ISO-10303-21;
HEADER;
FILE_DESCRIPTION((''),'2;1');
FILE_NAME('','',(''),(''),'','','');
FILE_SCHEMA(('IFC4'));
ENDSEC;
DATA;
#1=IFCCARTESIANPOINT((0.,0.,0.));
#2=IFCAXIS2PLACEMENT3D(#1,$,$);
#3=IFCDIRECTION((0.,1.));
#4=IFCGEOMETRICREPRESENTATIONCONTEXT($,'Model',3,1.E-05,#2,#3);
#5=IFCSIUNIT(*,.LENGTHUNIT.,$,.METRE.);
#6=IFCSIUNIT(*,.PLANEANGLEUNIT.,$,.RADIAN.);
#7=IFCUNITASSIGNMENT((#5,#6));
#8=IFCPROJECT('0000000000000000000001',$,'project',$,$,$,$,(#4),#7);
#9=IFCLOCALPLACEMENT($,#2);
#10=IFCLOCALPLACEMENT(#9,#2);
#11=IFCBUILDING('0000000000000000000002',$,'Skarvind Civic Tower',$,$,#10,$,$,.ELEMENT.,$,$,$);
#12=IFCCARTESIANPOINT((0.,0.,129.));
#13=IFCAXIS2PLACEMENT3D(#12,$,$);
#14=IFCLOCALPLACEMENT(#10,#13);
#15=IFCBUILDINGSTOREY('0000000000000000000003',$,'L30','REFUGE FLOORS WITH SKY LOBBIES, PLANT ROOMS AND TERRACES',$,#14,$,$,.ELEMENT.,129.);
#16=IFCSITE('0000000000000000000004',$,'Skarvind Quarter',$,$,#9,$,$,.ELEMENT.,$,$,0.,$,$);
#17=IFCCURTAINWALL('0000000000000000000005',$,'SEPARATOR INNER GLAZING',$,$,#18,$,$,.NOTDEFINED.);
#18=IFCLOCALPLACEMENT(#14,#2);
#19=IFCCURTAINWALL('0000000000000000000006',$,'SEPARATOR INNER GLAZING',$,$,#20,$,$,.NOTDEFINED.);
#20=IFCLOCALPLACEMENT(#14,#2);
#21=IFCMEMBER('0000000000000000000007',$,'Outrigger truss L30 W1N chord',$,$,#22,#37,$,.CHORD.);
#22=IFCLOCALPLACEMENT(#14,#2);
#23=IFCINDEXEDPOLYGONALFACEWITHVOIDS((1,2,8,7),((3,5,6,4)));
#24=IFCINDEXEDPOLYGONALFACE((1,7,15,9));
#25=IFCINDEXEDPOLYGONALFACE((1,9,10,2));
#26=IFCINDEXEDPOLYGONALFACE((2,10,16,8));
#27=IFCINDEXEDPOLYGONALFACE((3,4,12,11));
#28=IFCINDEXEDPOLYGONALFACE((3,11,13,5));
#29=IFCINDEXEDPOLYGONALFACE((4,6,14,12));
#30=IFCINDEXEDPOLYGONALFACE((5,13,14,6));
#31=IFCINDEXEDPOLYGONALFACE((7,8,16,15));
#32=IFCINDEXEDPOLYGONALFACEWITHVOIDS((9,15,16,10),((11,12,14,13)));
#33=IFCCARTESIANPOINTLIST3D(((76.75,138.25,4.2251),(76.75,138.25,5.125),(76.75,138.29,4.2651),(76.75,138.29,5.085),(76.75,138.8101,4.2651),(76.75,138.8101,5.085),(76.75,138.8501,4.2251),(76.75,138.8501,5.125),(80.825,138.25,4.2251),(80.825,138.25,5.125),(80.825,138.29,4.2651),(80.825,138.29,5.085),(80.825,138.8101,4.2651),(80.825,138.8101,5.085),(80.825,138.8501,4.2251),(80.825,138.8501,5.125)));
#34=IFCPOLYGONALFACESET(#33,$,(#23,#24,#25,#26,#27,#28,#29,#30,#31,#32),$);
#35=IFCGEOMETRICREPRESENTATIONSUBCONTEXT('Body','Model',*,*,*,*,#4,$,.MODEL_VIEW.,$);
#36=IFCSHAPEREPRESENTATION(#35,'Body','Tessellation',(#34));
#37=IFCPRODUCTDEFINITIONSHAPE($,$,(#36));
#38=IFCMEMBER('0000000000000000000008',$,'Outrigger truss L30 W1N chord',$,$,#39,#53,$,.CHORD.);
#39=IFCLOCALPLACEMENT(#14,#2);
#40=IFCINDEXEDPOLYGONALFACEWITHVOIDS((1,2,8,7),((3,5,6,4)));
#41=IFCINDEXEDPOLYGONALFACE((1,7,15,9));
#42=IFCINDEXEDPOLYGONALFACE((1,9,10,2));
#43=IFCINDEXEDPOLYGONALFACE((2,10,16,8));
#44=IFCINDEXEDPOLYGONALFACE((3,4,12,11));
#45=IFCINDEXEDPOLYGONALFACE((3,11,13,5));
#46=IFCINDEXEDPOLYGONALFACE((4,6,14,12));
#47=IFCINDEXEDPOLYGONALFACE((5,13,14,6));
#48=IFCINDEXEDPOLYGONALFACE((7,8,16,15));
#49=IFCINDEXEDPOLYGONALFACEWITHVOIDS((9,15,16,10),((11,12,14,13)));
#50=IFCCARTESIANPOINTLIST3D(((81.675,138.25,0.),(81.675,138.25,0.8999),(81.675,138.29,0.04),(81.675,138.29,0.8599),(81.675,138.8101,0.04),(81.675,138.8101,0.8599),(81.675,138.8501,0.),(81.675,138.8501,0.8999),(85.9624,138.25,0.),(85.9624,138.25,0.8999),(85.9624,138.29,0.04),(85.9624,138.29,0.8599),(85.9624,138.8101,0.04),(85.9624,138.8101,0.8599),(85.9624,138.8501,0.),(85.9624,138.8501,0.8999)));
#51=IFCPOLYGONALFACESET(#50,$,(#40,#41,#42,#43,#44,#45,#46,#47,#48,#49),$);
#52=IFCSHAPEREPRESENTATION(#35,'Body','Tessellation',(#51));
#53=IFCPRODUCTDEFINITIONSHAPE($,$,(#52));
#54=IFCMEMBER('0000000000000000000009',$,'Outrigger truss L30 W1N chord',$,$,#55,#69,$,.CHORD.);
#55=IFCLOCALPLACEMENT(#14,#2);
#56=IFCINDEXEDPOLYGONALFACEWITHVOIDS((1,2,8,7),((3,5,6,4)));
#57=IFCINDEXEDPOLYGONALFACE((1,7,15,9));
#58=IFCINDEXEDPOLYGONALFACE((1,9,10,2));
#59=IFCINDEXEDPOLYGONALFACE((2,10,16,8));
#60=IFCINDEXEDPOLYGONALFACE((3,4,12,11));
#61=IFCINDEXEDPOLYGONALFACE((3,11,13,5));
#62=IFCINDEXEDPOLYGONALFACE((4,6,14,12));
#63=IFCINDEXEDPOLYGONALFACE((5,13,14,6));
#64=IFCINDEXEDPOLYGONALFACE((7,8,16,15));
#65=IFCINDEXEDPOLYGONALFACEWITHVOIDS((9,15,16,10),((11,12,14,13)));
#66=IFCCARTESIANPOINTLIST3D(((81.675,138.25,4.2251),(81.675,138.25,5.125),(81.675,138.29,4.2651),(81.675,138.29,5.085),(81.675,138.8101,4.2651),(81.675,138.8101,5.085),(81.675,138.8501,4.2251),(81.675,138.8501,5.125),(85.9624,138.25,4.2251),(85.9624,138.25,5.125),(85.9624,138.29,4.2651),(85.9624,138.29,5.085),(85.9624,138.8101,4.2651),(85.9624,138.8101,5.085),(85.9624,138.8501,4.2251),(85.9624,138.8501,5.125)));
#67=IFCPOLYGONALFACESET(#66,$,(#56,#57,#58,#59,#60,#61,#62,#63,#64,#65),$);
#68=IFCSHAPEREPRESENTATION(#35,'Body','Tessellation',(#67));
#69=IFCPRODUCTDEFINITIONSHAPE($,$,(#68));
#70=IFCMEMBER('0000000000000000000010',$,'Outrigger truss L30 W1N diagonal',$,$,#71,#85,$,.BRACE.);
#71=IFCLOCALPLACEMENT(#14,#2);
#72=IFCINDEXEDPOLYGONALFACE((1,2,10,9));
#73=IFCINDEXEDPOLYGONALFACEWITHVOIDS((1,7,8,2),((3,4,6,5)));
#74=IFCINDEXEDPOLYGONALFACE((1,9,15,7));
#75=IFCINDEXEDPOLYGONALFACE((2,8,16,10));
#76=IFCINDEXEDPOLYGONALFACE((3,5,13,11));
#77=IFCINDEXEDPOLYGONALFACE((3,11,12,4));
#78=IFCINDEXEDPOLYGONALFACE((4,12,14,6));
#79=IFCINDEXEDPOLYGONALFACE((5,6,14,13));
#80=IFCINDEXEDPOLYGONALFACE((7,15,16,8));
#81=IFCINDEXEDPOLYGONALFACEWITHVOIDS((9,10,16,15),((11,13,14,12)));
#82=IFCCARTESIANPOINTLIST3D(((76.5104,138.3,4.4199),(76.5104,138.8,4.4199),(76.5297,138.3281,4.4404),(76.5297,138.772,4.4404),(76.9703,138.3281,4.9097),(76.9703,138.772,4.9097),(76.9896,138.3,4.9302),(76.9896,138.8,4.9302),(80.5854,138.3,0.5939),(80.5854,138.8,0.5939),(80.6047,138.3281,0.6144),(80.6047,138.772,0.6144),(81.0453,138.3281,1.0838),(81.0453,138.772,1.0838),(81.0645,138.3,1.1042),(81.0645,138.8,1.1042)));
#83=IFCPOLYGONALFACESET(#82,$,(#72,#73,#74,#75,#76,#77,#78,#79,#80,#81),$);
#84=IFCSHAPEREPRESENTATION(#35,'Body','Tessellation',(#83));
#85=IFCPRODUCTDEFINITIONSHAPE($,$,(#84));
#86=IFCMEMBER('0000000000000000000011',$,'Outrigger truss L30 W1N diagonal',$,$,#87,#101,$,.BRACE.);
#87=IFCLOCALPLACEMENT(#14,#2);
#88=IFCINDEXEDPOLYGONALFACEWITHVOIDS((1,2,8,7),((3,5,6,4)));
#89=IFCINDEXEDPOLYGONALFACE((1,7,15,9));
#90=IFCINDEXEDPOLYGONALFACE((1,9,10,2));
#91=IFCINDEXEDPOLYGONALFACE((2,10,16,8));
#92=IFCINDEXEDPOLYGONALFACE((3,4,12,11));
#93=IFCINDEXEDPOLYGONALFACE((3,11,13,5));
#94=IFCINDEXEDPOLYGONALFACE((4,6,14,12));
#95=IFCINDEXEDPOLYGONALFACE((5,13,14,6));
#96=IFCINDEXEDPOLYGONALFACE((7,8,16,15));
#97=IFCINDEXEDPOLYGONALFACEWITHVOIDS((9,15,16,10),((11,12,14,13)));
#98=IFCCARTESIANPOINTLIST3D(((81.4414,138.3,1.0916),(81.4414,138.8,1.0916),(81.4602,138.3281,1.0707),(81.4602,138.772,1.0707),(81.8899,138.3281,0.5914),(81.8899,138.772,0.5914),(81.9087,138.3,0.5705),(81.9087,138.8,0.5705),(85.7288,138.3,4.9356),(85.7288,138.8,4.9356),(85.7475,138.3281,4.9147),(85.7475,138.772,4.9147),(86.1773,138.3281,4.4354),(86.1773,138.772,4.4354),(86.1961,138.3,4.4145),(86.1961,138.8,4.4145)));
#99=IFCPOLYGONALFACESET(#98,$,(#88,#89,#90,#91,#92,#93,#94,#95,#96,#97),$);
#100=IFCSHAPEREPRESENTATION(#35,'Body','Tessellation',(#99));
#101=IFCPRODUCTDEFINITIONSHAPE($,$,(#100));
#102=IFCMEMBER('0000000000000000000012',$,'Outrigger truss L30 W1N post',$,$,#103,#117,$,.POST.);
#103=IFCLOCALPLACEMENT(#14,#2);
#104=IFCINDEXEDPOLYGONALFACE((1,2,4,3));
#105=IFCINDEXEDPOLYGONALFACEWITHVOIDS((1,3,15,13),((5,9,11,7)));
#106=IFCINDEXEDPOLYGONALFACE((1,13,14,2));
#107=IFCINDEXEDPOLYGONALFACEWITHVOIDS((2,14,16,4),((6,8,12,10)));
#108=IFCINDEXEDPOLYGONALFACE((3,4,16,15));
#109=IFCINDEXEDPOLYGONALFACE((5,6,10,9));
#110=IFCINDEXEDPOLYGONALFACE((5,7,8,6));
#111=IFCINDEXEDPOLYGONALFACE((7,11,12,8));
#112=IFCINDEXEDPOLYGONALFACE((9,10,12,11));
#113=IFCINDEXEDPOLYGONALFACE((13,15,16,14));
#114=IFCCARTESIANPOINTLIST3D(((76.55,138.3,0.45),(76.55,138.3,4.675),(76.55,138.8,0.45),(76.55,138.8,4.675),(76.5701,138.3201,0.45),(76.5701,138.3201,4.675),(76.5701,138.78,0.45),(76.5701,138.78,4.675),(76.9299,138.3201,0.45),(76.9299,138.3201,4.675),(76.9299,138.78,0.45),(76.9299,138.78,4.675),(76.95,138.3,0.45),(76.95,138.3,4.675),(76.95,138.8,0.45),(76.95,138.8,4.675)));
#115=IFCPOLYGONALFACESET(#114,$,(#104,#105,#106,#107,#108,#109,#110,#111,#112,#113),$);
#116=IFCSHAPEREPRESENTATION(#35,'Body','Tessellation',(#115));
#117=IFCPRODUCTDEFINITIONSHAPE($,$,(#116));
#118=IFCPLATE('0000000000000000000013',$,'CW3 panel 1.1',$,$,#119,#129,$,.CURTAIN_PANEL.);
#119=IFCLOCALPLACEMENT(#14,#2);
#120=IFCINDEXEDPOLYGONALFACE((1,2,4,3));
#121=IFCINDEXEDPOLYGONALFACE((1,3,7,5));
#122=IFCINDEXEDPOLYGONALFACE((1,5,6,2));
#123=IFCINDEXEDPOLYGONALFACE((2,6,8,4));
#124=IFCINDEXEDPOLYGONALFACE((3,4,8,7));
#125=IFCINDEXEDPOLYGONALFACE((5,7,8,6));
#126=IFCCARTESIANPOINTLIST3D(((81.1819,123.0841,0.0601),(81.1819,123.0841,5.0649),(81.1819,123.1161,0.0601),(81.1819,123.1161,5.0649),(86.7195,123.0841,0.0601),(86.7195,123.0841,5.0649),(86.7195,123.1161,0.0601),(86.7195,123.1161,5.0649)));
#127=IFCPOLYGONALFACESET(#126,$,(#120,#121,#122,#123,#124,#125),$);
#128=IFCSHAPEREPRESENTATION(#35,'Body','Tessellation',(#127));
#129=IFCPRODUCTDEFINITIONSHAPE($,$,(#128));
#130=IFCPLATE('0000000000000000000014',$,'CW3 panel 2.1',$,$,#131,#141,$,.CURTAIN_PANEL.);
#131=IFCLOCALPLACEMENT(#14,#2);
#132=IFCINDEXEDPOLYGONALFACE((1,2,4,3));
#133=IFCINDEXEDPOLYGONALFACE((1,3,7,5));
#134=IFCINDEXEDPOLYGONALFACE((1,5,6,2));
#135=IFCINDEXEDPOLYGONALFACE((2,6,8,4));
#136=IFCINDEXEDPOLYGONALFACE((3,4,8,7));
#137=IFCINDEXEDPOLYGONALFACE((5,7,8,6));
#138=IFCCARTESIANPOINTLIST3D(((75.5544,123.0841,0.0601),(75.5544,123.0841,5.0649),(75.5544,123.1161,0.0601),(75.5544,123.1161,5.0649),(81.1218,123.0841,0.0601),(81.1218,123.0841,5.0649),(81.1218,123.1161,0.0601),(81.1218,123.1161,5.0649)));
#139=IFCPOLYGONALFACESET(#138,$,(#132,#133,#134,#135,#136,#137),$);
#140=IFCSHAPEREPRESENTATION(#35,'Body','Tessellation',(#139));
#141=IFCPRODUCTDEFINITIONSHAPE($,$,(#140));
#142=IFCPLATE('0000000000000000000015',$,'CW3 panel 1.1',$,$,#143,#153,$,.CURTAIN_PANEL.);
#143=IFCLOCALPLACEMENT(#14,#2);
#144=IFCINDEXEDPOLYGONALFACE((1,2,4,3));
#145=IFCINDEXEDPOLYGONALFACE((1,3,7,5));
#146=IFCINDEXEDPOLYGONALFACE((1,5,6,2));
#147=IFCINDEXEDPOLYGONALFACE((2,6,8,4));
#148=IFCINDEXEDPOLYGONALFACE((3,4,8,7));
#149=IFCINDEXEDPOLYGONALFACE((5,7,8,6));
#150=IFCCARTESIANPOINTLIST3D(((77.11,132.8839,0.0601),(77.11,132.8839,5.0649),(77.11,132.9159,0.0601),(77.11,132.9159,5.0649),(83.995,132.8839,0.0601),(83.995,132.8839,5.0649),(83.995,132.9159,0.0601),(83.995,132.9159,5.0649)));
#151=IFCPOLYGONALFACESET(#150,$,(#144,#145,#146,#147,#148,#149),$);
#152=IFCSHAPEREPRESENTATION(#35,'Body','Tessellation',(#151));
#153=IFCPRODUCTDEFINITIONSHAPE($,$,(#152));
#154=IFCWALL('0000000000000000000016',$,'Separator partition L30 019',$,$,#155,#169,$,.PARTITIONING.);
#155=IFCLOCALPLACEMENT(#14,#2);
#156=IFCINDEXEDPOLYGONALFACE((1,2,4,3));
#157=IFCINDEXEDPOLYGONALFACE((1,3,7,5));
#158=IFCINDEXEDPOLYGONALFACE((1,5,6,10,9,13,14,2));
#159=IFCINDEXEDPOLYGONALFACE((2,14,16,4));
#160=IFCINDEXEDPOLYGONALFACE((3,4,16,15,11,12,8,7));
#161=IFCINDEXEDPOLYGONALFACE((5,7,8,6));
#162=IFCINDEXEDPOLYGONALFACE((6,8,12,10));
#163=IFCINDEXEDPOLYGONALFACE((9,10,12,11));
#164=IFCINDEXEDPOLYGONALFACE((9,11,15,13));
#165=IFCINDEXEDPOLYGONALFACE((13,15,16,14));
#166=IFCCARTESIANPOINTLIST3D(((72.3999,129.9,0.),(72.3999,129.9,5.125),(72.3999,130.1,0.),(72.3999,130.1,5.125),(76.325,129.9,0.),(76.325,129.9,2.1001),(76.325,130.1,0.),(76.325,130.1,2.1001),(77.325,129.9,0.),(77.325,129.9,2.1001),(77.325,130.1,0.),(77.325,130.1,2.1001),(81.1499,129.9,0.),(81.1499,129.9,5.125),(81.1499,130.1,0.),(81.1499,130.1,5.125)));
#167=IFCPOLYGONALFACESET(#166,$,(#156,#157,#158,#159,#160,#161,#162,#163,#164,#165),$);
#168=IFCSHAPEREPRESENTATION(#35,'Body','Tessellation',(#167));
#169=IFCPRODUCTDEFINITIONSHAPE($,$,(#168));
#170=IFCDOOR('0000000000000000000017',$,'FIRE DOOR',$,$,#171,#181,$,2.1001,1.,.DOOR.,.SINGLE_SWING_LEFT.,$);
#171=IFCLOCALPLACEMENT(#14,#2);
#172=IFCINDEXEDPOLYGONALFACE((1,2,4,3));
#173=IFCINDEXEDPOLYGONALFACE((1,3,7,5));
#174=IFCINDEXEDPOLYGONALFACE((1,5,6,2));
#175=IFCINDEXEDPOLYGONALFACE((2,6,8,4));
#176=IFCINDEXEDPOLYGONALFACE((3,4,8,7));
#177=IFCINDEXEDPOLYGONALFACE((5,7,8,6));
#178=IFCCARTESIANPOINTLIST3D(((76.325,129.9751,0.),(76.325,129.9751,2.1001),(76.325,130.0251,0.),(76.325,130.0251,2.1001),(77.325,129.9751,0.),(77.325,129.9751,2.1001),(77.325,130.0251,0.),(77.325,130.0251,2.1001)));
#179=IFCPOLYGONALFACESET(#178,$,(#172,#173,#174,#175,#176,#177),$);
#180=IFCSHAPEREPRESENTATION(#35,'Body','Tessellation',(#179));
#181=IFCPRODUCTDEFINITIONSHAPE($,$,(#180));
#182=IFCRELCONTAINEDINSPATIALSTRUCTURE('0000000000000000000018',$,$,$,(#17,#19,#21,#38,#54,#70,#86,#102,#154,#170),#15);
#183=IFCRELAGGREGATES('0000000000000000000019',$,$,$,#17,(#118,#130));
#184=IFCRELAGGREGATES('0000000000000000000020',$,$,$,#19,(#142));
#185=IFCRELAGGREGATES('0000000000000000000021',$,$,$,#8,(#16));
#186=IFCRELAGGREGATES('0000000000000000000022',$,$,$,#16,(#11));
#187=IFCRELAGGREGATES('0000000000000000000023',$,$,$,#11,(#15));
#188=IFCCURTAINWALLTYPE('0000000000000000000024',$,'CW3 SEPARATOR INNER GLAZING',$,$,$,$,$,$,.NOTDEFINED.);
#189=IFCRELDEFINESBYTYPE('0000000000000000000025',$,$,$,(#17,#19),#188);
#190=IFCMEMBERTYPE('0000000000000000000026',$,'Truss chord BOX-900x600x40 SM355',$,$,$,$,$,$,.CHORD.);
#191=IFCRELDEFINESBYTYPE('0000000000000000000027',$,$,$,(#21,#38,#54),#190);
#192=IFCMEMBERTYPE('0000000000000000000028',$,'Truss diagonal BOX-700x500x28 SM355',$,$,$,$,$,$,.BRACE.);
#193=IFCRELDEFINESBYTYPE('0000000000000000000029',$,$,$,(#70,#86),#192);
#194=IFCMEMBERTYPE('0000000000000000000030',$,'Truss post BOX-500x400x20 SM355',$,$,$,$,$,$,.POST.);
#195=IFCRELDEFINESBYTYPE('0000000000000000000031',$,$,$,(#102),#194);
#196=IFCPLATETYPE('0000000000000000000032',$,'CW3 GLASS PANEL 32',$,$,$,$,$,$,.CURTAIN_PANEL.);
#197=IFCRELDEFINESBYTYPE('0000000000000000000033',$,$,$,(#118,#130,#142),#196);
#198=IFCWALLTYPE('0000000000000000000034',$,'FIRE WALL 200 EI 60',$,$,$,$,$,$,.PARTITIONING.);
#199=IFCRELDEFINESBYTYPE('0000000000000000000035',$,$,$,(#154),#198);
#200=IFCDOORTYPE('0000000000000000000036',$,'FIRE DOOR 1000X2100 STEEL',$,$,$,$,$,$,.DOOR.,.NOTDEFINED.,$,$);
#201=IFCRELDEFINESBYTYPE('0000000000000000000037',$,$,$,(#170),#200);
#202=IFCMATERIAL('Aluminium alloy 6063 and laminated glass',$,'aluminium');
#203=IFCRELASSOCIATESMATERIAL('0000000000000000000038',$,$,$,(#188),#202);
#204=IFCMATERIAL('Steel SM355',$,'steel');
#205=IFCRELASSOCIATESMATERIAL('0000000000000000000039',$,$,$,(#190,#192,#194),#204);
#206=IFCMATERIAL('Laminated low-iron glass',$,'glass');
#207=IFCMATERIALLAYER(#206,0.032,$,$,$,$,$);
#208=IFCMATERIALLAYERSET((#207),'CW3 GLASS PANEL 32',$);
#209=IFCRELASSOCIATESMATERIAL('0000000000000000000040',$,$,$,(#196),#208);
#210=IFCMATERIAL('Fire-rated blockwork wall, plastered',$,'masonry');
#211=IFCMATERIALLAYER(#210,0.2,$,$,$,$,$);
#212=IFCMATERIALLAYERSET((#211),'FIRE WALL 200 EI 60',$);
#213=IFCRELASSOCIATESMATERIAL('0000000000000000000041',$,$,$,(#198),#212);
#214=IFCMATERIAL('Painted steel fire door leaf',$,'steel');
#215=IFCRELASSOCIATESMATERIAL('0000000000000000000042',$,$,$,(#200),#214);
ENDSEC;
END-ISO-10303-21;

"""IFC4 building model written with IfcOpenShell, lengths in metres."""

from ifc_helpers import new_model, si_unit, direction, frame, frame_2d, origin, origin_2d, place, context, subcontext, project, spatial, rectangle, hollow_rectangle, extrude, material, layer, layer_set, material_profile, profile_set, type_object, element, fill, aggregate, save


model = new_model("IFC4")

# Units and contexts
model_context = context("Model", 3, precision=1e-05, world=origin(), true_north=direction((0.0, 1.0)))
body_context = subcontext(model_context, "Body", "Model", "MODEL_VIEW")
ifc_project = project(units=[si_unit("LENGTHUNIT", "METRE"), si_unit("PLANEANGLEUNIT", "RADIAN")], contexts=[model_context])

# Site, building, storey
site_placement = place(None, origin())
site = spatial("IfcSite", under=ifc_project, at=site_placement, Name="Skarvind Quarter", CompositionType="ELEMENT", RefElevation=0.0)
building_placement = place(site_placement, origin())
building = spatial("IfcBuilding", under=site, at=building_placement, Name="Skarvind Civic Tower", CompositionType="ELEMENT")
storey_placement = place(building_placement, frame((0.0, 0.0, 129.0)))
storey = spatial("IfcBuildingStorey", under=building, at=storey_placement, Name="L30", Description="REFUGE FLOORS WITH SKY LOBBIES, PLANT ROOMS AND TERRACES", CompositionType="ELEMENT", Elevation=129.0)

# Curtain wall
ifc_material_1 = material(Name="Aluminium alloy 6063 and laminated glass", Category="aluminium")
curtain_wall_type = type_object("IfcCurtainWallType", Name="CW3 SEPARATOR INNER GLAZING", PredefinedType="NOTDEFINED", material=ifc_material_1)
curtain_wall_1_placement = place(storey_placement, origin())
curtain_wall_1 = element("IfcCurtainWall", 1, at=curtain_wall_1_placement, inside=storey, type_object=curtain_wall_type, Name="SEPARATOR INNER GLAZING", PredefinedType="NOTDEFINED")

# Curtain wall
curtain_wall_2_placement = place(storey_placement, origin())
curtain_wall_2 = element("IfcCurtainWall", 2, at=curtain_wall_2_placement, inside=storey, type_object=curtain_wall_type, Name="SEPARATOR INNER GLAZING", PredefinedType="NOTDEFINED")

# Members
ifc_material_2 = material(Name="Steel SM355", Category="steel")
ifc_material_profile_1 = material_profile(ifc_material_2, hollow_rectangle(XDim=0.6001, YDim=0.8999, WallThickness=0.04, at=origin_2d()), Name="BOX-900x600x40")
ifc_profile_set_1 = profile_set([ifc_material_profile_1], Name="Steel SM355")
member_type_1 = type_object("IfcMemberType", Name="Truss chord BOX-900x600x40 SM355", PredefinedType="CHORD", material=ifc_profile_set_1)
for number, where, z_axis, x_axis, name in (
    (3, (76.75, 138.55, 4.675), (1.0, 0.0, 0.0), (0.0, 1.0, 0.0), "Outrigger truss L30 W1N chord"),
):
    element("IfcMember", number, at=place(storey_placement, frame(where, z_axis=z_axis, x_axis=x_axis)), inside=storey, type_object=member_type_1, Name=name, PredefinedType="CHORD", context=body_context, shape_type="SweptSolid", body=[
        extrude(hollow_rectangle(XDim=0.6001, YDim=0.8999, WallThickness=0.04, at=origin_2d()), origin(), (0.0, 0.0, 1.0), 4.075),
    ])
for number, where, z_axis, x_axis, name in (
    (4, (81.675, 138.55, 0.45), (1.0, 0.0, 0.0), (0.0, 1.0, 0.0), "Outrigger truss L30 W1N chord"),
    (5, (81.675, 138.55, 4.675), (1.0, 0.0, 0.0), (0.0, 1.0, 0.0), "Outrigger truss L30 W1N chord"),
):
    element("IfcMember", number, at=place(storey_placement, frame(where, z_axis=z_axis, x_axis=x_axis)), inside=storey, type_object=member_type_1, Name=name, PredefinedType="CHORD", context=body_context, shape_type="SweptSolid", body=[
        extrude(hollow_rectangle(XDim=0.6001, YDim=0.8999, WallThickness=0.04, at=origin_2d()), origin(), (0.0, 0.0, 1.0), 4.2874),
    ])
ifc_material_profile_2 = material_profile(ifc_material_2, hollow_rectangle(XDim=0.5, YDim=0.7, WallThickness=0.0281, at=origin_2d()), Name="BOX-700x500x28")
ifc_profile_set_2 = profile_set([ifc_material_profile_2], Name="Steel SM355")
member_type_2 = type_object("IfcMemberType", Name="Truss diagonal BOX-700x500x28 SM355", PredefinedType="BRACE", material=ifc_profile_set_2)
member_1_placement = place(storey_placement, frame((76.75, 138.55, 4.675), z_axis=(0.729032, 0.0, -0.68448), x_axis=(0.0, 1.0, 0.0)))
element("IfcMember", 6, at=member_1_placement, inside=storey, type_object=member_type_2, Name="Outrigger truss L30 W1N diagonal", PredefinedType="BRACE", context=body_context, shape_type="SweptSolid", body=[
    extrude(hollow_rectangle(XDim=0.5, YDim=0.7, WallThickness=0.0281, at=origin_2d()), origin(), (0.0, 0.0, 1.0), 5.5896),
])
member_2_placement = place(storey_placement, frame((81.675, 138.55, 0.8311), z_axis=(0.744556, 0.0, 0.66756), x_axis=(0.0, 1.0, 0.0)))
element("IfcMember", 7, at=member_2_placement, inside=storey, type_object=member_type_2, Name="Outrigger truss L30 W1N diagonal", PredefinedType="BRACE", context=body_context, shape_type="SweptSolid", body=[
    extrude(hollow_rectangle(XDim=0.5, YDim=0.7, WallThickness=0.0281, at=origin_2d()), origin(), (0.0, 0.0, 1.0), 5.7583),
])
ifc_material_profile_3 = material_profile(ifc_material_2, hollow_rectangle(XDim=0.3999, YDim=0.5, WallThickness=0.02, at=origin_2d()), Name="BOX-500x400x20")
ifc_profile_set_3 = profile_set([ifc_material_profile_3], Name="Steel SM355")
member_type_3 = type_object("IfcMemberType", Name="Truss post BOX-500x400x20 SM355", PredefinedType="POST", material=ifc_profile_set_3)
member_3_placement = place(storey_placement, frame((76.75, 138.55, 0.45), z_axis=(0.0, 0.0, 1.0), x_axis=(1.0, 0.0, 0.0)))
element("IfcMember", 8, at=member_3_placement, inside=storey, type_object=member_type_3, Name="Outrigger truss L30 W1N post", PredefinedType="POST", context=body_context, shape_type="SweptSolid", body=[
    extrude(hollow_rectangle(XDim=0.3999, YDim=0.5, WallThickness=0.02, at=origin_2d()), origin(), (0.0, 0.0, 1.0), 4.2251),
])

# Plates
ifc_material_3 = material(Name="Laminated low-iron glass", Category="glass")
ifc_layer_1 = layer(ifc_material_3, 0.032)
ifc_layer_set_1 = layer_set([ifc_layer_1], Name="CW3 GLASS PANEL 32")
plate_type = type_object("IfcPlateType", Name="CW3 GLASS PANEL 32", PredefinedType="CURTAIN_PANEL", material=ifc_layer_set_1)
plate_1_placement = place(storey_placement, frame((83.9507, 123.1001, 0.0601), z_axis=(0.0, 0.0, 1.0), x_axis=(-1.0, 0.0, 0.0)))
plate_1 = element("IfcPlate", 9, at=plate_1_placement, type_object=plate_type, Name="CW3 panel 1.1", PredefinedType="CURTAIN_PANEL", context=body_context, shape_type="SweptSolid", body=[
    extrude(rectangle(XDim=5.5376, YDim=0.032, at=origin_2d()), origin(), (0.0, 0.0, 1.0), 5.0049),
])
plate_2_placement = place(storey_placement, frame((78.3381, 123.1001, 0.0601), z_axis=(0.0, 0.0, 1.0), x_axis=(-1.0, 0.0, 0.0)))
plate_2 = element("IfcPlate", 10, at=plate_2_placement, type_object=plate_type, Name="CW3 panel 2.1", PredefinedType="CURTAIN_PANEL", context=body_context, shape_type="SweptSolid", body=[
    extrude(rectangle(XDim=5.5674, YDim=0.032, at=origin_2d()), origin(), (0.0, 0.0, 1.0), 5.0049),
])
aggregate(curtain_wall_1, [plate_1, plate_2])
plate_3_placement = place(storey_placement, frame((80.5525, 132.8999, 0.0601), z_axis=(0.0, 0.0, 1.0), x_axis=(1.0, 0.0, 0.0)))
plate_3 = element("IfcPlate", 11, at=plate_3_placement, type_object=plate_type, Name="CW3 panel 1.1", PredefinedType="CURTAIN_PANEL", context=body_context, shape_type="SweptSolid", body=[
    extrude(rectangle(XDim=6.885, YDim=0.032, at=origin_2d()), origin(), (0.0, 0.0, 1.0), 5.0049),
])
aggregate(curtain_wall_2, [plate_3])

# Wall, opening, door
ifc_material_4 = material(Name="Fire-rated blockwork wall, plastered", Category="masonry")
ifc_layer_2 = layer(ifc_material_4, 0.2)
ifc_layer_set_2 = layer_set([ifc_layer_2], Name="FIRE WALL 200 EI 60")
wall_type_1 = type_object("IfcWallType", Name="FIRE WALL 200 EI 60", PredefinedType="PARTITIONING", material=ifc_layer_set_2)
wall_1_placement = place(storey_placement, frame((81.1499, 130.0, 0.0), z_axis=(0.0, 0.0, 1.0), x_axis=(-1.0, 0.0, 0.0)))
wall_1 = element("IfcWall", 12, at=wall_1_placement, inside=storey, type_object=wall_type_1, Name="Separator partition L30 019", PredefinedType="PARTITIONING", context=body_context, shape_type="SweptSolid", body=[
    extrude(rectangle(XDim=8.75, YDim=0.2, at=frame_2d((4.375, 0.0))), origin(), (0.0, 0.0, 1.0), 5.125),
])
opening_1_placement = place(wall_1_placement, frame((3.825, 0.0, 0.0)))
opening_1 = element("IfcOpeningElement", 13, at=opening_1_placement, cuts=wall_1, PredefinedType="OPENING", context=body_context, shape_type="SweptSolid", body=[
    extrude(rectangle(XDim=1.0, YDim=2.1001, at=frame_2d((0.5, 1.05))), frame((0.0, 0.1099, 0.0), z_axis=(0.0, -1.0, 0.0), x_axis=(1.0, 0.0, 0.0)), (0.0, 0.0, 1.0), 0.22),
])
ifc_material_5 = material(Name="Painted steel fire door leaf", Category="steel")
door_type_1 = type_object("IfcDoorType", Name="FIRE DOOR 1000X2100 STEEL", OperationType="NOTDEFINED", PredefinedType="DOOR", material=ifc_material_5)
door_1_placement = place(opening_1_placement, origin())
door_1 = element("IfcDoor", 14, at=door_1_placement, inside=storey, type_object=door_type_1, Name="FIRE DOOR", OperationType="SINGLE_SWING_LEFT", OverallHeight=2.1001, OverallWidth=1.0, PredefinedType="DOOR", context=body_context, shape_type="SweptSolid", body=[
    extrude(rectangle(XDim=1.0, YDim=2.1001, at=frame_2d((0.5, 1.05))), frame((0.0, 0.0249, 0.0), z_axis=(0.0, -1.0, 0.0), x_axis=(1.0, 0.0, 0.0)), (0.0, 0.0, 1.0), 0.05),
])
fill(opening_1, door_1)

save(model, "model.ifc")
